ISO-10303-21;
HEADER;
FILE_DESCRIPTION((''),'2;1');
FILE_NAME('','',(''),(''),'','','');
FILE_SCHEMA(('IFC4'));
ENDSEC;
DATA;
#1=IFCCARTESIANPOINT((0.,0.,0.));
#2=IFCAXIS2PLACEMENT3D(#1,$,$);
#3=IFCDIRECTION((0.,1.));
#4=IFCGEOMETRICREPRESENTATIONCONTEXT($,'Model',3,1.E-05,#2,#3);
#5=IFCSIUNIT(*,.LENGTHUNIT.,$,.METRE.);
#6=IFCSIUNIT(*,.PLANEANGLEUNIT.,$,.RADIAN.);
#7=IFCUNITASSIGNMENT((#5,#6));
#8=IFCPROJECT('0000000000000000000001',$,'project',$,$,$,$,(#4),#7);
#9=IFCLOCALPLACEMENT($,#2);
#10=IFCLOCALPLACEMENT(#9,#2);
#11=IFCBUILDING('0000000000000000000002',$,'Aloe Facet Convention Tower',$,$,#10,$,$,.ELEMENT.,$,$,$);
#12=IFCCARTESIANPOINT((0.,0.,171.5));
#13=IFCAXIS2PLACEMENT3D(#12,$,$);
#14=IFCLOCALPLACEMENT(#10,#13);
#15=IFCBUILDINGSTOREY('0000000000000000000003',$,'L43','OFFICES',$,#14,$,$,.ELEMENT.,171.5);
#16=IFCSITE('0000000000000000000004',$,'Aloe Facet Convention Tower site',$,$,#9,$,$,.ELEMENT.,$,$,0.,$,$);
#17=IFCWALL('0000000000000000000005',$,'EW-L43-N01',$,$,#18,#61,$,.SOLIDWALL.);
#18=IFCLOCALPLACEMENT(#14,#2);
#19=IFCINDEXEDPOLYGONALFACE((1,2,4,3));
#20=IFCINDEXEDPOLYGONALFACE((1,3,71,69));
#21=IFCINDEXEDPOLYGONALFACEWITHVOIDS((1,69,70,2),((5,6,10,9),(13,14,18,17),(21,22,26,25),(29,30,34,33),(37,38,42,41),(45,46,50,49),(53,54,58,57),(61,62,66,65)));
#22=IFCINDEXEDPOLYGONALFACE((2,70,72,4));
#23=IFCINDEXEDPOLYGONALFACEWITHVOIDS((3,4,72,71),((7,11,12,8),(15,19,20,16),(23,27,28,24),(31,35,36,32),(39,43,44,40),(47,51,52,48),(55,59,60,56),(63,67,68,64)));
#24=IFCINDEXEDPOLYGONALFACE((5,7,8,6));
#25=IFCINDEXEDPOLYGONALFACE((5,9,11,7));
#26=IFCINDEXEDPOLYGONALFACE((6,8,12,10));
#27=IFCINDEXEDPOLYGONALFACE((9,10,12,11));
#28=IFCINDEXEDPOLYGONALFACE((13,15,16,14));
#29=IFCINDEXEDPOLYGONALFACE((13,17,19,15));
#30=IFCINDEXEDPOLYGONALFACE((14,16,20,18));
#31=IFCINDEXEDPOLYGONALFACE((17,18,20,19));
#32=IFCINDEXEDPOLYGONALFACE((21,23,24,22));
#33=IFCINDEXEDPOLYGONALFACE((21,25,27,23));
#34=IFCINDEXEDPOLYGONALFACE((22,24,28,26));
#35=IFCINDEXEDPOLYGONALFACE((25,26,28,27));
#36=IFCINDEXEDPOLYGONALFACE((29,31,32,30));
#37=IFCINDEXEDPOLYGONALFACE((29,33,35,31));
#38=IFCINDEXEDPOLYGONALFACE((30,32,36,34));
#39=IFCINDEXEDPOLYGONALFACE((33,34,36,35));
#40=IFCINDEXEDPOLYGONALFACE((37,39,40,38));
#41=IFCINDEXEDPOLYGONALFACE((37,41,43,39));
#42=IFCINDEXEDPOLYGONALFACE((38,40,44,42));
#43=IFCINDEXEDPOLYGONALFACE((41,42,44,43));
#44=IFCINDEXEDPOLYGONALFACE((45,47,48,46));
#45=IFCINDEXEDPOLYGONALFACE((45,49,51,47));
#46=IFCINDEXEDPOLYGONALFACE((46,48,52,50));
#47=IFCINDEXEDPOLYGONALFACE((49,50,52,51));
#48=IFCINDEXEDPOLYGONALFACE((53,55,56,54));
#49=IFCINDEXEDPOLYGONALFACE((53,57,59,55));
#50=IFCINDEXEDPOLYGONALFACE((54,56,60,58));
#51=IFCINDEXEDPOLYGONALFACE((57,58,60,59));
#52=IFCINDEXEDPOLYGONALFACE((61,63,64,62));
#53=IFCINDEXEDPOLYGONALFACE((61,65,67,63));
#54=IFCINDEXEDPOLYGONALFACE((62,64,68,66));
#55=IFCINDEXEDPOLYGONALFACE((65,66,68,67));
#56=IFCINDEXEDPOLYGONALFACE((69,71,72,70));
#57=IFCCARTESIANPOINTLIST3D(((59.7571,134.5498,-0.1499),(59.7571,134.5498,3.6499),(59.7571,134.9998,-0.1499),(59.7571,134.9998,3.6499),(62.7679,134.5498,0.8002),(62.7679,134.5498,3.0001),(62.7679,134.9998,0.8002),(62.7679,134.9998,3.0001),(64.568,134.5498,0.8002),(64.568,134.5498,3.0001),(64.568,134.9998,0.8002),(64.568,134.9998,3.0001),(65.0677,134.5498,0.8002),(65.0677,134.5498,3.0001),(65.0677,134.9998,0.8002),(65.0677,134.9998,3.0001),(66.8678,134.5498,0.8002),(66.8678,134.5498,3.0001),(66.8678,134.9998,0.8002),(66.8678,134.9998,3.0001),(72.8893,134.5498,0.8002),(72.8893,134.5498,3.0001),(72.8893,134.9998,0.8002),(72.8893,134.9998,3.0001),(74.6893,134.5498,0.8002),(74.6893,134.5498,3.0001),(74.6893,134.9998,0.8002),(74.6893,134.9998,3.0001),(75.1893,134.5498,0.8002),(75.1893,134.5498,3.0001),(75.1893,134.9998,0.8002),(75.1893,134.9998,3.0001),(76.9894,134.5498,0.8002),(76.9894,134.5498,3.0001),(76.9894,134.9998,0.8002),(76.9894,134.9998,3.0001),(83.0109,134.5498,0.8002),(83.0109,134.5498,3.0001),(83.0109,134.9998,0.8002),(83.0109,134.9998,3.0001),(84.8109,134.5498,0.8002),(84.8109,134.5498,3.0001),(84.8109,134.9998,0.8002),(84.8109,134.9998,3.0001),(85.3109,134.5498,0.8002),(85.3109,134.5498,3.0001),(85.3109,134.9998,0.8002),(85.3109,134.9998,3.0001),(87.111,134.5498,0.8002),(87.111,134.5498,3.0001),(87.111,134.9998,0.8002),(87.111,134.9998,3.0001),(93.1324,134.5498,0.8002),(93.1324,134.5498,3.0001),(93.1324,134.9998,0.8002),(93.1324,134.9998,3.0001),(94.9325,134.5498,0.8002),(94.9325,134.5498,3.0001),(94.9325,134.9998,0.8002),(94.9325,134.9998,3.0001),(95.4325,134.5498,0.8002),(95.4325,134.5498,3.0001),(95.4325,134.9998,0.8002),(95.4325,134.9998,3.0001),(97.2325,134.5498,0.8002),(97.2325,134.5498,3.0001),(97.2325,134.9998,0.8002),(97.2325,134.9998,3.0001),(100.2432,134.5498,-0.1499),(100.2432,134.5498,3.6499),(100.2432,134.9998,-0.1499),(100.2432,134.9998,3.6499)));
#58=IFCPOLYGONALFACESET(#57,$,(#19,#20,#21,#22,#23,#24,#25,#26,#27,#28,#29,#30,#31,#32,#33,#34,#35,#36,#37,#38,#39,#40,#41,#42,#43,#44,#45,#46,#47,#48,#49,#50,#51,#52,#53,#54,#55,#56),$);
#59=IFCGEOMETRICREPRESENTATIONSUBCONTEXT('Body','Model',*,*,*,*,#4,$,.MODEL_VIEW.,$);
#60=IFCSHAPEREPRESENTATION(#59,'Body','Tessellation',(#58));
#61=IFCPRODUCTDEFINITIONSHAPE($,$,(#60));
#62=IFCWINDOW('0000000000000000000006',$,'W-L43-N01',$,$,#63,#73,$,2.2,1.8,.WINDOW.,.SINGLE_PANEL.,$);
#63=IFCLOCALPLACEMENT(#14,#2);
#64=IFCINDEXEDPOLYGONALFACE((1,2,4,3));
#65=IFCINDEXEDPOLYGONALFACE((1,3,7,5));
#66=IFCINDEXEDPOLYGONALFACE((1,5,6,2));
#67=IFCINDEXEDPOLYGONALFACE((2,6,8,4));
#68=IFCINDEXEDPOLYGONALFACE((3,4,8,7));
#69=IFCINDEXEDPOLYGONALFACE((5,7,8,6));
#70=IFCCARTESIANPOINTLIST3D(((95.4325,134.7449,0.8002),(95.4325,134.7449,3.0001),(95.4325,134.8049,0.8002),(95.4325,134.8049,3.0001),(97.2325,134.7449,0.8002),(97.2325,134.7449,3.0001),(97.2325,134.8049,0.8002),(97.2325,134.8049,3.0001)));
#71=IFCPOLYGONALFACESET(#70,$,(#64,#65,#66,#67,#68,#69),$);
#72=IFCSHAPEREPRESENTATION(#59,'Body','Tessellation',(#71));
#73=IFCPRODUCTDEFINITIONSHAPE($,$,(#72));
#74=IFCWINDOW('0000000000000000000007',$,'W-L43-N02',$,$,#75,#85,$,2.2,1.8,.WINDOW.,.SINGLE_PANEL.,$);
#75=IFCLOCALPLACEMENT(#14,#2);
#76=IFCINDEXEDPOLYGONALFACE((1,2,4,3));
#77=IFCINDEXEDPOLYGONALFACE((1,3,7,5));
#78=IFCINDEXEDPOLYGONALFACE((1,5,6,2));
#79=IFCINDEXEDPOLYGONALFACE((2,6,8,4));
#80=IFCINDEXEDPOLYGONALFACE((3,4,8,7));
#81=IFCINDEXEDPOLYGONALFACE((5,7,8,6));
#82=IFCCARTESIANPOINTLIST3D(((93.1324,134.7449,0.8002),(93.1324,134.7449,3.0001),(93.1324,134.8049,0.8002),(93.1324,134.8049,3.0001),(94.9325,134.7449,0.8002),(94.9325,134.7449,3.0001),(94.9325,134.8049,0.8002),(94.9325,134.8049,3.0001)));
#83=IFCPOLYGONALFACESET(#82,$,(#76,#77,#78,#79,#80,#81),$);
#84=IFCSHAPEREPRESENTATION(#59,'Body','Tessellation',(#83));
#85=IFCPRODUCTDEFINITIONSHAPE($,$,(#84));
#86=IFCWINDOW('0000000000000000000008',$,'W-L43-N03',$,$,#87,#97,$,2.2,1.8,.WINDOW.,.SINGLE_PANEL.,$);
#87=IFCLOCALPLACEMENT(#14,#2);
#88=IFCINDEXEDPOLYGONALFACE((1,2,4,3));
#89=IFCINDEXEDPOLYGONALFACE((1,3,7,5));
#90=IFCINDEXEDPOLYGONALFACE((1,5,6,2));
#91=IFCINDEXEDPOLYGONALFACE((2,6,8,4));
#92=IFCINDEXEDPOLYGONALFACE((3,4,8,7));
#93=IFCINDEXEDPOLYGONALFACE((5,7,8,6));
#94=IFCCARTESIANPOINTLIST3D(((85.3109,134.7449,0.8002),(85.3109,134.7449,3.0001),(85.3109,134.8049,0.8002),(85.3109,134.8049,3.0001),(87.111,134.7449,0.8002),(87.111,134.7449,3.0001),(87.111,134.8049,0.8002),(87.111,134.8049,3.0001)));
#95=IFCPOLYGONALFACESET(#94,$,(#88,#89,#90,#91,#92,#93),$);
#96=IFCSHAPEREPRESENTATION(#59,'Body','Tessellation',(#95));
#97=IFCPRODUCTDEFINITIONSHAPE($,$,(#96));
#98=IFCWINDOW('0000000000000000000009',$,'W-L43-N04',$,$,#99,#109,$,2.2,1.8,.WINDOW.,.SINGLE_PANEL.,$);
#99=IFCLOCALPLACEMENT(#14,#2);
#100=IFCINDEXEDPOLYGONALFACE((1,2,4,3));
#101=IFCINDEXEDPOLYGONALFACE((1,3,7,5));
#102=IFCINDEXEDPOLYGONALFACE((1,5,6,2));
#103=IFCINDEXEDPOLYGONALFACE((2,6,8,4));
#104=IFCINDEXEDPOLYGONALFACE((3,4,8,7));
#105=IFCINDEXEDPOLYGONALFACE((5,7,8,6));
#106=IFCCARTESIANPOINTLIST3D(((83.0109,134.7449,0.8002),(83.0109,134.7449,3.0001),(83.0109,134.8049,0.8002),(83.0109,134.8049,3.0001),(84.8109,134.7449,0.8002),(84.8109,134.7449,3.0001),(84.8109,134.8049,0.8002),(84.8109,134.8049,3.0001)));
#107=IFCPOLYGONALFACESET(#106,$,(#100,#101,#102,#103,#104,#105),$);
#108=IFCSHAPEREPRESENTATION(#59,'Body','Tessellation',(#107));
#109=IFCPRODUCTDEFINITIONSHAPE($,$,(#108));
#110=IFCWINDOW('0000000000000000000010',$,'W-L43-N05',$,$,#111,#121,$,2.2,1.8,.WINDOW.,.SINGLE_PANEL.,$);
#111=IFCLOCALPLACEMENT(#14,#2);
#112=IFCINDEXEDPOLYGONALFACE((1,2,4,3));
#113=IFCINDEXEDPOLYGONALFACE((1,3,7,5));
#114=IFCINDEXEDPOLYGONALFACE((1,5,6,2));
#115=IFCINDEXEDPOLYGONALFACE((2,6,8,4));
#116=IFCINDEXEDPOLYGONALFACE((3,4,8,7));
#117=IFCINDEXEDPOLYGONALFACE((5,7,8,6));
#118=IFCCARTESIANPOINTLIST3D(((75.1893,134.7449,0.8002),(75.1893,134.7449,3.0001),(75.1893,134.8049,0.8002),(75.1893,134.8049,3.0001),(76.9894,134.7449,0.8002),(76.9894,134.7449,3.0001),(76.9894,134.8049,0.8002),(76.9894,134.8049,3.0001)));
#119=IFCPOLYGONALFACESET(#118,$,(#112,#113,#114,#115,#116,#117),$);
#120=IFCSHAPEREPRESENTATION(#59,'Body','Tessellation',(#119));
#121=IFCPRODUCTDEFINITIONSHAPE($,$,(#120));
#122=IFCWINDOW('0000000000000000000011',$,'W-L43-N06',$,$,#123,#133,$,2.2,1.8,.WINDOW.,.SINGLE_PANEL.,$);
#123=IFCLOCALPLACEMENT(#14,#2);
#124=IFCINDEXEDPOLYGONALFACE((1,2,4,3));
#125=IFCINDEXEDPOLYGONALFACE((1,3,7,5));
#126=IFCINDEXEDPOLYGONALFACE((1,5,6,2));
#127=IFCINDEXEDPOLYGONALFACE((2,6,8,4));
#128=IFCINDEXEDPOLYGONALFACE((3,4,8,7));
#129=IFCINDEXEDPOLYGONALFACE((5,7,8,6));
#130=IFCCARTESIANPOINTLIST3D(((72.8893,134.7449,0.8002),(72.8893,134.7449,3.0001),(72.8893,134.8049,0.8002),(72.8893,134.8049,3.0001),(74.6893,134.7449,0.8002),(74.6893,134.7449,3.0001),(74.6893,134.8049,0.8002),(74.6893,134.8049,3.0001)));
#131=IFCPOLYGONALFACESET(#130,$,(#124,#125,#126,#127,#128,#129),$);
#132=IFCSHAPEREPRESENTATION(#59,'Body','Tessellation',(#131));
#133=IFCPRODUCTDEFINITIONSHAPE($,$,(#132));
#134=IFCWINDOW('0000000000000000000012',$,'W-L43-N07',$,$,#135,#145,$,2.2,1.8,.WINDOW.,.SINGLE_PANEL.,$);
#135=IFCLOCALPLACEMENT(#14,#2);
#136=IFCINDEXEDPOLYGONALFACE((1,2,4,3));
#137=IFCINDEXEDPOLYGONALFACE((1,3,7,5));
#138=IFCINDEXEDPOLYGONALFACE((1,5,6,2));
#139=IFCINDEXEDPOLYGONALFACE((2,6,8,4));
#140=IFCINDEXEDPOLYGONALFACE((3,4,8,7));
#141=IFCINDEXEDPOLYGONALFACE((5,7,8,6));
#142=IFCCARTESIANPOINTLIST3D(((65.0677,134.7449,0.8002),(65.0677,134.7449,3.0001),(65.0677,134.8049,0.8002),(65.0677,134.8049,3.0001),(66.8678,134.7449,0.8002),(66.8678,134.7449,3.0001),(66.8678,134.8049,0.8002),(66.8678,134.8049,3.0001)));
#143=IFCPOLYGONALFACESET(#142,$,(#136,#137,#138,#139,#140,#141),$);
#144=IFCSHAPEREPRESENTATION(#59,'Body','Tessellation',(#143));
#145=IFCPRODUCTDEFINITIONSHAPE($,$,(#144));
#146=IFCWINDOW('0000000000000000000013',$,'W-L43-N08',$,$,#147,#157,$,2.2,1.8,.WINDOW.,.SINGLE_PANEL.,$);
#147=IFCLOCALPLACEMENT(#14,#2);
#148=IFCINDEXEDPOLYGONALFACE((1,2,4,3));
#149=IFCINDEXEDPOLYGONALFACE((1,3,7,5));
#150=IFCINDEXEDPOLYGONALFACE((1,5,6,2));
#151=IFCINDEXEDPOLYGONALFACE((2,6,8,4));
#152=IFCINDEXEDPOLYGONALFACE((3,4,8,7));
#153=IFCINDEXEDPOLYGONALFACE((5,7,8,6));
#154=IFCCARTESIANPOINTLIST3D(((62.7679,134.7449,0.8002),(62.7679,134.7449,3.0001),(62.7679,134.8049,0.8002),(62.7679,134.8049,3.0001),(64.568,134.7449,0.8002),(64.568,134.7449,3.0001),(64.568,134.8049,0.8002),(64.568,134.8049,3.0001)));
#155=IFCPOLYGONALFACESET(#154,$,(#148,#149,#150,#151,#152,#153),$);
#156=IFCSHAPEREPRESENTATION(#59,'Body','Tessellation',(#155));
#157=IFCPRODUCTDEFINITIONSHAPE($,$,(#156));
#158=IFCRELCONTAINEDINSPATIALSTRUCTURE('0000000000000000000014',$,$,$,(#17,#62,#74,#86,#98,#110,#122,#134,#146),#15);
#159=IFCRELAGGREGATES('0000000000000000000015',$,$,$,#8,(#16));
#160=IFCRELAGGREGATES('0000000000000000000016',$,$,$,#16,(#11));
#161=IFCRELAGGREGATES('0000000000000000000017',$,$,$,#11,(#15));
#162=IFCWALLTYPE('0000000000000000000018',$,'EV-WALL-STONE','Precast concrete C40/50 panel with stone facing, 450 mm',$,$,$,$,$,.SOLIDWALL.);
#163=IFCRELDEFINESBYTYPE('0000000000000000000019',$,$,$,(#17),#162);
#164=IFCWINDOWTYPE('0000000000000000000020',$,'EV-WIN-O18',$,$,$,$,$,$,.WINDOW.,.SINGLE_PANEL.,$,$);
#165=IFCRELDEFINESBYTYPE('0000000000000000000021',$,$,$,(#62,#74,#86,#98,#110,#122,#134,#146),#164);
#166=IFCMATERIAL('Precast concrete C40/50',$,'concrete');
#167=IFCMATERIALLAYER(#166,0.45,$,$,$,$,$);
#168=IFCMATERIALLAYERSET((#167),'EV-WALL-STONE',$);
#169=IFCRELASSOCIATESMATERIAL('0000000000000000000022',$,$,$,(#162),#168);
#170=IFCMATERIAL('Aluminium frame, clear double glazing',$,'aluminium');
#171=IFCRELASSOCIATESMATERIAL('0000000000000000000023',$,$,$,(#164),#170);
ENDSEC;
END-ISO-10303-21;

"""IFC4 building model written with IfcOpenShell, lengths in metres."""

from ifc_helpers import new_model, si_unit, direction, frame, frame_2d, origin, place, context, subcontext, project, spatial, polyline, rectangle, outline, extrude, material, layer, layer_set, type_object, element, fill, save


model = new_model("IFC4")

# Units and contexts
model_context = context("Model", 3, precision=1e-05, world=origin(), true_north=direction((0.0, 1.0)))
body_context = subcontext(model_context, "Body", "Model", "MODEL_VIEW")
ifc_project = project(units=[si_unit("LENGTHUNIT", "METRE"), si_unit("PLANEANGLEUNIT", "RADIAN")], contexts=[model_context])

# Site, building, storey
site_placement = place(None, origin())
site = spatial("IfcSite", under=ifc_project, at=site_placement, Name="Aloe Facet Convention Tower site", CompositionType="ELEMENT", RefElevation=0.0)
building_placement = place(site_placement, origin())
building = spatial("IfcBuilding", under=site, at=building_placement, Name="Aloe Facet Convention Tower", CompositionType="ELEMENT")
storey_placement = place(building_placement, frame((0.0, 0.0, 171.5)))
storey = spatial("IfcBuildingStorey", under=building, at=storey_placement, Name="L43", Description="OFFICES", CompositionType="ELEMENT", Elevation=171.5)

# Wall, openings, windows
ifc_material_1 = material(Name="Precast concrete C40/50", Category="concrete")
ifc_layer_1 = layer(ifc_material_1, 0.45)
ifc_layer_set_1 = layer_set([ifc_layer_1], Name="EV-WALL-STONE")
wall_type_1 = type_object("IfcWallType", Name="EV-WALL-STONE", Description="Precast concrete C40/50 panel with stone facing, 450 mm", PredefinedType="SOLIDWALL", material=ifc_layer_set_1)
wall_1_placement = place(storey_placement, frame((100.2432, 134.7749, -0.1499), z_axis=(0.0, 0.0, 1.0), x_axis=(-1.0, 0.0, 0.0)))
wall_1 = element("IfcWall", 1, at=wall_1_placement, inside=storey, type_object=wall_type_1, Name="EW-L43-N01", PredefinedType="SOLIDWALL", context=body_context, shape_type="SweptSolid", body=[
    extrude(outline(polyline([(40.4861, 0.0), (40.4861, 3.7998), (0.0, 3.7998), (0.0, 0.0), (40.4861, 0.0)])), frame((0.0, 0.2251, 0.0), z_axis=(0.0, -1.0, 0.0), x_axis=(1.0, 0.0, 0.0)), (0.0, 0.0, 1.0), 0.45),
])
opening_1_placement = place(wall_1_placement, frame((3.0107, 0.0, 0.95)))
opening_1 = element("IfcOpeningElement", 2, at=opening_1_placement, cuts=wall_1, PredefinedType="OPENING", context=body_context, shape_type="SweptSolid", body=[
    extrude(rectangle(XDim=1.8, YDim=2.2, at=frame_2d((0.8999, 1.1001))), frame((0.0, 0.2349, 0.0), z_axis=(0.0, -1.0, 0.0), x_axis=(1.0, 0.0, 0.0)), (0.0, 0.0, 1.0), 0.47),
])
opening_2_placement = place(wall_1_placement, frame((5.3108, 0.0, 0.95)))
opening_2 = element("IfcOpeningElement", 3, at=opening_2_placement, cuts=wall_1, PredefinedType="OPENING", context=body_context, shape_type="SweptSolid", body=[
    extrude(rectangle(XDim=1.8, YDim=2.2, at=frame_2d((0.8999, 1.1001))), frame((0.0, 0.2349, 0.0), z_axis=(0.0, -1.0, 0.0), x_axis=(1.0, 0.0, 0.0)), (0.0, 0.0, 1.0), 0.47),
])
opening_3_placement = place(wall_1_placement, frame((13.1323, 0.0, 0.95)))
opening_3 = element("IfcOpeningElement", 4, at=opening_3_placement, cuts=wall_1, PredefinedType="OPENING", context=body_context, shape_type="SweptSolid", body=[
    extrude(rectangle(XDim=1.8, YDim=2.2, at=frame_2d((0.8999, 1.1001))), frame((0.0, 0.2349, 0.0), z_axis=(0.0, -1.0, 0.0), x_axis=(1.0, 0.0, 0.0)), (0.0, 0.0, 1.0), 0.47),
])
opening_4_placement = place(wall_1_placement, frame((15.4324, 0.0, 0.95)))
opening_4 = element("IfcOpeningElement", 5, at=opening_4_placement, cuts=wall_1, PredefinedType="OPENING", context=body_context, shape_type="SweptSolid", body=[
    extrude(rectangle(XDim=1.8, YDim=2.2, at=frame_2d((0.8999, 1.1001))), frame((0.0, 0.2349, 0.0), z_axis=(0.0, -1.0, 0.0), x_axis=(1.0, 0.0, 0.0)), (0.0, 0.0, 1.0), 0.47),
])
opening_5_placement = place(wall_1_placement, frame((23.2539, 0.0, 0.95)))
opening_5 = element("IfcOpeningElement", 6, at=opening_5_placement, cuts=wall_1, PredefinedType="OPENING", context=body_context, shape_type="SweptSolid", body=[
    extrude(rectangle(XDim=1.8, YDim=2.2, at=frame_2d((0.8999, 1.1001))), frame((0.0, 0.2349, 0.0), z_axis=(0.0, -1.0, 0.0), x_axis=(1.0, 0.0, 0.0)), (0.0, 0.0, 1.0), 0.47),
])
opening_6_placement = place(wall_1_placement, frame((25.554, 0.0, 0.95)))
opening_6 = element("IfcOpeningElement", 7, at=opening_6_placement, cuts=wall_1, PredefinedType="OPENING", context=body_context, shape_type="SweptSolid", body=[
    extrude(rectangle(XDim=1.8, YDim=2.2, at=frame_2d((0.8999, 1.1001))), frame((0.0, 0.2349, 0.0), z_axis=(0.0, -1.0, 0.0), x_axis=(1.0, 0.0, 0.0)), (0.0, 0.0, 1.0), 0.47),
])
opening_7_placement = place(wall_1_placement, frame((33.3755, 0.0, 0.95)))
opening_7 = element("IfcOpeningElement", 8, at=opening_7_placement, cuts=wall_1, PredefinedType="OPENING", context=body_context, shape_type="SweptSolid", body=[
    extrude(rectangle(XDim=1.8, YDim=2.2, at=frame_2d((0.8999, 1.1001))), frame((0.0, 0.2349, 0.0), z_axis=(0.0, -1.0, 0.0), x_axis=(1.0, 0.0, 0.0)), (0.0, 0.0, 1.0), 0.47),
])
opening_8_placement = place(wall_1_placement, frame((35.6753, 0.0, 0.95)))
opening_8 = element("IfcOpeningElement", 9, at=opening_8_placement, cuts=wall_1, PredefinedType="OPENING", context=body_context, shape_type="SweptSolid", body=[
    extrude(rectangle(XDim=1.8, YDim=2.2, at=frame_2d((0.8999, 1.1001))), frame((0.0, 0.2349, 0.0), z_axis=(0.0, -1.0, 0.0), x_axis=(1.0, 0.0, 0.0)), (0.0, 0.0, 1.0), 0.47),
])
ifc_material_2 = material(Name="Aluminium frame, clear double glazing", Category="aluminium")
window_type = type_object("IfcWindowType", Name="EV-WIN-O18", PartitioningType="SINGLE_PANEL", PredefinedType="WINDOW", material=ifc_material_2)
window_1_placement = place(opening_1_placement, origin())
window_1 = element("IfcWindow", 10, at=window_1_placement, inside=storey, type_object=window_type, Name="W-L43-N01", OverallHeight=2.2, OverallWidth=1.8, PartitioningType="SINGLE_PANEL", PredefinedType="WINDOW", context=body_context, shape_type="SweptSolid", body=[
    extrude(rectangle(XDim=1.8, YDim=2.2, at=frame_2d((0.8999, 1.1001))), frame((0.0, 0.03, 0.0), z_axis=(0.0, -1.0, 0.0), x_axis=(1.0, 0.0, 0.0)), (0.0, 0.0, 1.0), 0.0601),
])
fill(opening_1, window_1)
window_2_placement = place(opening_2_placement, origin())
window_2 = element("IfcWindow", 11, at=window_2_placement, inside=storey, type_object=window_type, Name="W-L43-N02", OverallHeight=2.2, OverallWidth=1.8, PartitioningType="SINGLE_PANEL", PredefinedType="WINDOW", context=body_context, shape_type="SweptSolid", body=[
    extrude(rectangle(XDim=1.8, YDim=2.2, at=frame_2d((0.8999, 1.1001))), frame((0.0, 0.03, 0.0), z_axis=(0.0, -1.0, 0.0), x_axis=(1.0, 0.0, 0.0)), (0.0, 0.0, 1.0), 0.0601),
])
fill(opening_2, window_2)
window_3_placement = place(opening_3_placement, origin())
window_3 = element("IfcWindow", 12, at=window_3_placement, inside=storey, type_object=window_type, Name="W-L43-N03", OverallHeight=2.2, OverallWidth=1.8, PartitioningType="SINGLE_PANEL", PredefinedType="WINDOW", context=body_context, shape_type="SweptSolid", body=[
    extrude(rectangle(XDim=1.8, YDim=2.2, at=frame_2d((0.8999, 1.1001))), frame((0.0, 0.03, 0.0), z_axis=(0.0, -1.0, 0.0), x_axis=(1.0, 0.0, 0.0)), (0.0, 0.0, 1.0), 0.0601),
])
fill(opening_3, window_3)
window_4_placement = place(opening_4_placement, origin())
window_4 = element("IfcWindow", 13, at=window_4_placement, inside=storey, type_object=window_type, Name="W-L43-N04", OverallHeight=2.2, OverallWidth=1.8, PartitioningType="SINGLE_PANEL", PredefinedType="WINDOW", context=body_context, shape_type="SweptSolid", body=[
    extrude(rectangle(XDim=1.8, YDim=2.2, at=frame_2d((0.8999, 1.1001))), frame((0.0, 0.03, 0.0), z_axis=(0.0, -1.0, 0.0), x_axis=(1.0, 0.0, 0.0)), (0.0, 0.0, 1.0), 0.0601),
])
fill(opening_4, window_4)
window_5_placement = place(opening_5_placement, origin())
window_5 = element("IfcWindow", 14, at=window_5_placement, inside=storey, type_object=window_type, Name="W-L43-N05", OverallHeight=2.2, OverallWidth=1.8, PartitioningType="SINGLE_PANEL", PredefinedType="WINDOW", context=body_context, shape_type="SweptSolid", body=[
    extrude(rectangle(XDim=1.8, YDim=2.2, at=frame_2d((0.8999, 1.1001))), frame((0.0, 0.03, 0.0), z_axis=(0.0, -1.0, 0.0), x_axis=(1.0, 0.0, 0.0)), (0.0, 0.0, 1.0), 0.0601),
])
fill(opening_5, window_5)
window_6_placement = place(opening_6_placement, origin())
window_6 = element("IfcWindow", 15, at=window_6_placement, inside=storey, type_object=window_type, Name="W-L43-N06", OverallHeight=2.2, OverallWidth=1.8, PartitioningType="SINGLE_PANEL", PredefinedType="WINDOW", context=body_context, shape_type="SweptSolid", body=[
    extrude(rectangle(XDim=1.8, YDim=2.2, at=frame_2d((0.8999, 1.1001))), frame((0.0, 0.03, 0.0), z_axis=(0.0, -1.0, 0.0), x_axis=(1.0, 0.0, 0.0)), (0.0, 0.0, 1.0), 0.0601),
])
fill(opening_6, window_6)
window_7_placement = place(opening_7_placement, origin())
window_7 = element("IfcWindow", 16, at=window_7_placement, inside=storey, type_object=window_type, Name="W-L43-N07", OverallHeight=2.2, OverallWidth=1.8, PartitioningType="SINGLE_PANEL", PredefinedType="WINDOW", context=body_context, shape_type="SweptSolid", body=[
    extrude(rectangle(XDim=1.8, YDim=2.2, at=frame_2d((0.8999, 1.1001))), frame((0.0, 0.03, 0.0), z_axis=(0.0, -1.0, 0.0), x_axis=(1.0, 0.0, 0.0)), (0.0, 0.0, 1.0), 0.0601),
])
fill(opening_7, window_7)
window_8_placement = place(opening_8_placement, origin())
window_8 = element("IfcWindow", 17, at=window_8_placement, inside=storey, type_object=window_type, Name="W-L43-N08", OverallHeight=2.2, OverallWidth=1.8, PartitioningType="SINGLE_PANEL", PredefinedType="WINDOW", context=body_context, shape_type="SweptSolid", body=[
    extrude(rectangle(XDim=1.8, YDim=2.2, at=frame_2d((0.8999, 1.1001))), frame((0.0, 0.03, 0.0), z_axis=(0.0, -1.0, 0.0), x_axis=(1.0, 0.0, 0.0)), (0.0, 0.0, 1.0), 0.0601),
])
fill(opening_8, window_8)

save(model, "model.ifc")
